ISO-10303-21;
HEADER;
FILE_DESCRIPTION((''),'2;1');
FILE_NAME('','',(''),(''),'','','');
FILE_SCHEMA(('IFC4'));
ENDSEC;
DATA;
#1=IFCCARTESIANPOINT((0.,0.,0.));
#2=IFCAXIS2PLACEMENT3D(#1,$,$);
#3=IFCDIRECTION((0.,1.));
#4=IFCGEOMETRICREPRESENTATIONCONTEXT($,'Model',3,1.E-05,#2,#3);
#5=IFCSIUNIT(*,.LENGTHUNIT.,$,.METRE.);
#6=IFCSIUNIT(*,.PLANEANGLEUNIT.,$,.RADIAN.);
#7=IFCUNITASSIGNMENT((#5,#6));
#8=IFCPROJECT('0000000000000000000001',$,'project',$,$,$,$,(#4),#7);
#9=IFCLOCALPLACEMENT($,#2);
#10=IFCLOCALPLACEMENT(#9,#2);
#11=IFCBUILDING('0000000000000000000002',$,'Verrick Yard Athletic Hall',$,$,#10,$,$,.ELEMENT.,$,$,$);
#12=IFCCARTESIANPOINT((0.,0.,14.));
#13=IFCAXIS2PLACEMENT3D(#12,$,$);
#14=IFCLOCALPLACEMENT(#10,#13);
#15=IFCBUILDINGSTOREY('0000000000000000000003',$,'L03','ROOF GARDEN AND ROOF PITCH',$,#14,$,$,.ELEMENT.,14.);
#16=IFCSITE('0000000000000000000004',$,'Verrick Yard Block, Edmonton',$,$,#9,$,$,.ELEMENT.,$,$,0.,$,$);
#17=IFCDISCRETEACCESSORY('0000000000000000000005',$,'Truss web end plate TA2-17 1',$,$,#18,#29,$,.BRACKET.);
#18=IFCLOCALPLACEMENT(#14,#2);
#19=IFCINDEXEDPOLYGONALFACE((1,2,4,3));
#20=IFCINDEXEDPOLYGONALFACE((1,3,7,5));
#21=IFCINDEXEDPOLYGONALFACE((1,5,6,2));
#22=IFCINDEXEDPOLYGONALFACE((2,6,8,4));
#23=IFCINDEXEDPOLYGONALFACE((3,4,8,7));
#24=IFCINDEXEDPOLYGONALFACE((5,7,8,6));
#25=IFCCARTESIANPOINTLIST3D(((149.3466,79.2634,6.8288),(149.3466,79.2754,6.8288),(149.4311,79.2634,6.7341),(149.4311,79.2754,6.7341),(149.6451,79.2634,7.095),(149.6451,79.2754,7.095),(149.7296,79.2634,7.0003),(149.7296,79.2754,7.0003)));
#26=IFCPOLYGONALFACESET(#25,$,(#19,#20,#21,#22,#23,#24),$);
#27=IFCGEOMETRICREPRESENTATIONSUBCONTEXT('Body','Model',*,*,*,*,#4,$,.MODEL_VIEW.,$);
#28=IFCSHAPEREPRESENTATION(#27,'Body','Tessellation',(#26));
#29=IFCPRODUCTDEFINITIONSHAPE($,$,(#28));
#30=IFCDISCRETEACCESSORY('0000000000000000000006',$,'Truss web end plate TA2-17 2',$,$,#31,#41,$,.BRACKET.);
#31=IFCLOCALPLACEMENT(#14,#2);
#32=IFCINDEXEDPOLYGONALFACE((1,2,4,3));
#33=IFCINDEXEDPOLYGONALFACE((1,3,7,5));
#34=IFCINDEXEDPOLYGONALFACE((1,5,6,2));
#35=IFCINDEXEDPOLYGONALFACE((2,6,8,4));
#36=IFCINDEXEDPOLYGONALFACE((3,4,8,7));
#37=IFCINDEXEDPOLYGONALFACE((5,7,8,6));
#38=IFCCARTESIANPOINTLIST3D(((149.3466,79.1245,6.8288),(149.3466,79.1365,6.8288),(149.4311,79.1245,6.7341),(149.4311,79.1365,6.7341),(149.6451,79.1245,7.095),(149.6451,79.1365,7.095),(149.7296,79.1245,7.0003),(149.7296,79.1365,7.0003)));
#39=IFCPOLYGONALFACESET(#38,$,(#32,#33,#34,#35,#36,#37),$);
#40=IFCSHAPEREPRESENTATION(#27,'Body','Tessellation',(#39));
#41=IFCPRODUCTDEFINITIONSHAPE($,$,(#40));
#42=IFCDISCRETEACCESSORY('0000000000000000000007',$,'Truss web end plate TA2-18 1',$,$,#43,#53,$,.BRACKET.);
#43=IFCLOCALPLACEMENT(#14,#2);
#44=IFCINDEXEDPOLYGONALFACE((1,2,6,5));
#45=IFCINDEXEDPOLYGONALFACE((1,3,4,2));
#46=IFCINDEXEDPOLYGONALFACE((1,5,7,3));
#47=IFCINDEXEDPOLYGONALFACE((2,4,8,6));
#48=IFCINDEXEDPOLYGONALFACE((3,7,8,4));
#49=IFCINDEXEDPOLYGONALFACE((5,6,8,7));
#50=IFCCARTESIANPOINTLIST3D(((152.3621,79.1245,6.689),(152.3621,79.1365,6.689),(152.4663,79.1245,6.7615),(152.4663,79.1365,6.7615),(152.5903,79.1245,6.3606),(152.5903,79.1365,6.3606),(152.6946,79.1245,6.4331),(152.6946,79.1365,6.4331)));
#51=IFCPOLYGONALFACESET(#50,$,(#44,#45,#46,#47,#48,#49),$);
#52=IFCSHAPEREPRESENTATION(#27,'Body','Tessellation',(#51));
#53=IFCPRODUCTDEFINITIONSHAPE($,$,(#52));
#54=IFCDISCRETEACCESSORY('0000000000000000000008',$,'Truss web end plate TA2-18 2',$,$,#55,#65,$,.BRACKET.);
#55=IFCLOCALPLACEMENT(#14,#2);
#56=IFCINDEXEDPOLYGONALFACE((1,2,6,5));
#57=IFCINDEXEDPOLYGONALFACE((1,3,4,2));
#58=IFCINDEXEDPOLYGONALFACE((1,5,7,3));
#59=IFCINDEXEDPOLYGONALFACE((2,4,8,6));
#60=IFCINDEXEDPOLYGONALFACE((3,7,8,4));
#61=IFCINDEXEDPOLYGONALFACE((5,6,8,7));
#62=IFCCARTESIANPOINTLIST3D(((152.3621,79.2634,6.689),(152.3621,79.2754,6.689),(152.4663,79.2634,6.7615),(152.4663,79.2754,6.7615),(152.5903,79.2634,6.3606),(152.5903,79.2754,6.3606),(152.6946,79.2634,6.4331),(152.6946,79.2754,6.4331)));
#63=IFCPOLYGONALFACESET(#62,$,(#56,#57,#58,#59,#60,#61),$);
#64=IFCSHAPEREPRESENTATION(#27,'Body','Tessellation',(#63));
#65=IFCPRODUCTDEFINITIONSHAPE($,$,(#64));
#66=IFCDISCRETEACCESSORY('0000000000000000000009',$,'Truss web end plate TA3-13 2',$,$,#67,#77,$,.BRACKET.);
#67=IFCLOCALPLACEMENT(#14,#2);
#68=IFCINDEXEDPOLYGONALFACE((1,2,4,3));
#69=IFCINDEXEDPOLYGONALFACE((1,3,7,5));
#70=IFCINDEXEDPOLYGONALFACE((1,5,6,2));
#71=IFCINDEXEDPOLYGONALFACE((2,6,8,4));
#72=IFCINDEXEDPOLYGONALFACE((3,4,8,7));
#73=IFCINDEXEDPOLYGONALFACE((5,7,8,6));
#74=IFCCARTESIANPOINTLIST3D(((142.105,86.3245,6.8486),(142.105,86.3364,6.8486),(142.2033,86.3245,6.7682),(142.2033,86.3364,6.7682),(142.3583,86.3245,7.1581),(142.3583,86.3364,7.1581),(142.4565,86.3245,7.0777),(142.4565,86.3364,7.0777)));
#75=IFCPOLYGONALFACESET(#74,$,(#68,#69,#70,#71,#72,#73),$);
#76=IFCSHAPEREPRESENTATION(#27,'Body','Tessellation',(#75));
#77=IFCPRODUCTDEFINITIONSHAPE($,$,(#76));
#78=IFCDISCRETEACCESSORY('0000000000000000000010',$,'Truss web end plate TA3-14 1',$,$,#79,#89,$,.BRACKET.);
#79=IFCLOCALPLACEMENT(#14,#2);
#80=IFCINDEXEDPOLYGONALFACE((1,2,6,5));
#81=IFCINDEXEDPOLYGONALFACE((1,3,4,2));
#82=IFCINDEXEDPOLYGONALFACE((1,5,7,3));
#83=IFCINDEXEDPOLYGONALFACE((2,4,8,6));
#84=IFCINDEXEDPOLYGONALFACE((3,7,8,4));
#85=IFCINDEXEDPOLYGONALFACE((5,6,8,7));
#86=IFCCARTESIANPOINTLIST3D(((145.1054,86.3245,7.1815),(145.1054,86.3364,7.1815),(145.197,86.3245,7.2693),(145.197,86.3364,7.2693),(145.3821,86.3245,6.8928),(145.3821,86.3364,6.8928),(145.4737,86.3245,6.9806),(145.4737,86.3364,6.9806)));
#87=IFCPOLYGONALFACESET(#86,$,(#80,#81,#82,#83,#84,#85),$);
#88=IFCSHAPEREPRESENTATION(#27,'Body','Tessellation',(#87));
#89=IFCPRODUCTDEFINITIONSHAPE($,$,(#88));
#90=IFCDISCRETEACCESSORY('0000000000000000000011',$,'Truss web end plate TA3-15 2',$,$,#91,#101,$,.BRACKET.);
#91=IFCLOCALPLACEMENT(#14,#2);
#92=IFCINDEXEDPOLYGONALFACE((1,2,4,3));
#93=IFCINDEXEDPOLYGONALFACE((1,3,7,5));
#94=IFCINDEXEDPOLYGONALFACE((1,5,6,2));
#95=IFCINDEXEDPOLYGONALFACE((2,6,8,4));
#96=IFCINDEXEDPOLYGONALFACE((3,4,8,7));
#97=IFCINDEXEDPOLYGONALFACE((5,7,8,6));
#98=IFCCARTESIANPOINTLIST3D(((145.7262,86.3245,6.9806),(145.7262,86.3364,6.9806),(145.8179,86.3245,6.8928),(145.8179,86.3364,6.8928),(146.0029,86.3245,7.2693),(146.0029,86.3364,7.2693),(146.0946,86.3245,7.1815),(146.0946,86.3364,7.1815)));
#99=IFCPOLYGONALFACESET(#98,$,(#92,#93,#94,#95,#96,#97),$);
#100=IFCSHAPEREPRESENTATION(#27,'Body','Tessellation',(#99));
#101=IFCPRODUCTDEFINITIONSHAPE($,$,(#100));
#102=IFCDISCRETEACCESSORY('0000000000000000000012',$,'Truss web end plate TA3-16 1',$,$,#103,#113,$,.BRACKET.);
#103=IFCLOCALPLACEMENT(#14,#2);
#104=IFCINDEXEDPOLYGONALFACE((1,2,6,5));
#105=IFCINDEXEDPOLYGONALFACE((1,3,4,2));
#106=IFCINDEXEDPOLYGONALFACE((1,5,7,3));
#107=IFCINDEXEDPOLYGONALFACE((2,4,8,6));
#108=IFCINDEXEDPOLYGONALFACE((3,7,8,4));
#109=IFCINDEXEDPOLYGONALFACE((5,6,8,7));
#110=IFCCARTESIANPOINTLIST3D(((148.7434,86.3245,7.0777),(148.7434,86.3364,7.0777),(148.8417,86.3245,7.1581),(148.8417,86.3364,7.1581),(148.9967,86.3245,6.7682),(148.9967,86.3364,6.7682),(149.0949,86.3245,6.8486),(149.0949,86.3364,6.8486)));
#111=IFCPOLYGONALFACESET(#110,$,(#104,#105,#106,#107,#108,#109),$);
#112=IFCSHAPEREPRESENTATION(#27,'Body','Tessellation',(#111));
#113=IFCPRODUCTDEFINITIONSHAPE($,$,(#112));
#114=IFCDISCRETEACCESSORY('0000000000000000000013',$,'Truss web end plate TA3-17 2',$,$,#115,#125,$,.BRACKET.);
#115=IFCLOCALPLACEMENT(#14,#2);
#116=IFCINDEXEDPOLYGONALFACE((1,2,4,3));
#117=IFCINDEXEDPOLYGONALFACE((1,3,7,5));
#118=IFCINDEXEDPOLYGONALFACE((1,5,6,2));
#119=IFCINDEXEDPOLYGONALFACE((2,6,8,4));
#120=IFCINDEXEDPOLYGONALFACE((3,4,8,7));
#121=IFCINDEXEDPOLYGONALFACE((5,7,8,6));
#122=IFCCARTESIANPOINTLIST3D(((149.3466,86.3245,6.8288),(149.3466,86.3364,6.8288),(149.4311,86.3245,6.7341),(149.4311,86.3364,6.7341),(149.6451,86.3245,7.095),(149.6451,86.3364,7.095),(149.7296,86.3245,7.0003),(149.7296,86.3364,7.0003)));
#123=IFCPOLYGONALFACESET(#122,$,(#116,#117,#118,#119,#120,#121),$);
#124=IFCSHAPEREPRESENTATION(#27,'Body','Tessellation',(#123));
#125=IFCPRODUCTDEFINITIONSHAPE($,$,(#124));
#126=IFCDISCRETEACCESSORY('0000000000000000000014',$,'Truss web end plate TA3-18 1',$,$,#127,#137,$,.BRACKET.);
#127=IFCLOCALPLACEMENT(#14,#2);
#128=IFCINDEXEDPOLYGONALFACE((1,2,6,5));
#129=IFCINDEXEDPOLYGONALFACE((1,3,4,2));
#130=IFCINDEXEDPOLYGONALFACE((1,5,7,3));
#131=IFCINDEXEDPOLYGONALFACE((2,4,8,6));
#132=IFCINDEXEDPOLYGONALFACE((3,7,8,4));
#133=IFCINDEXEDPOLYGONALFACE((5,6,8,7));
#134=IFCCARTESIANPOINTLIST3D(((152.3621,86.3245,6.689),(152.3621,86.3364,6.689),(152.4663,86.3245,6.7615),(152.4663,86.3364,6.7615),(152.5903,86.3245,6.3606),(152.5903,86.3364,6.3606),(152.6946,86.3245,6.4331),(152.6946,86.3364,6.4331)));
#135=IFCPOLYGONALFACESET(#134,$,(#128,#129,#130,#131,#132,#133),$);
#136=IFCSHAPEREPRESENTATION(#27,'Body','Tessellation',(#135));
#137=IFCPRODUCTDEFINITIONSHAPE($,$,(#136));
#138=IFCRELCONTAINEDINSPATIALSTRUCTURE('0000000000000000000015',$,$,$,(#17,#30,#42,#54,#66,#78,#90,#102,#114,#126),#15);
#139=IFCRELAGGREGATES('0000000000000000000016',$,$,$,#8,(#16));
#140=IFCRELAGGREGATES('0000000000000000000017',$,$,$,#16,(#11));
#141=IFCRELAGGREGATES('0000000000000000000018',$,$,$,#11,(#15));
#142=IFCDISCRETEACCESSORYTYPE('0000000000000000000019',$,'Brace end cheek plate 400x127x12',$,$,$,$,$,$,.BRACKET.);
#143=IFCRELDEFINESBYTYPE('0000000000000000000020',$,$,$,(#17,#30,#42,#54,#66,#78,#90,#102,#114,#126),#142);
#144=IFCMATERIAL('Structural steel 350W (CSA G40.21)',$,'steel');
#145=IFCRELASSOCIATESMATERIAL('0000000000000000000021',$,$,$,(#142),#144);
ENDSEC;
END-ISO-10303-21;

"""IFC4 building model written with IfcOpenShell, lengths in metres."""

from ifc_helpers import new_model, si_unit, direction, frame, origin, origin_2d, place, context, subcontext, project, spatial, rectangle, extrude, material, material_profile, profile_set, type_object, element, save


model = new_model("IFC4")

# Units and contexts
model_context = context("Model", 3, precision=1e-05, world=origin(), true_north=direction((0.0, 1.0)))
body_context = subcontext(model_context, "Body", "Model", "MODEL_VIEW")
ifc_project = project(units=[si_unit("LENGTHUNIT", "METRE"), si_unit("PLANEANGLEUNIT", "RADIAN")], contexts=[model_context])

# Site, building, storey
site_placement = place(None, origin())
site = spatial("IfcSite", under=ifc_project, at=site_placement, Name="Verrick Yard Block, Edmonton", CompositionType="ELEMENT", RefElevation=0.0)
building_placement = place(site_placement, origin())
building = spatial("IfcBuilding", under=site, at=building_placement, Name="Verrick Yard Athletic Hall", CompositionType="ELEMENT")
storey_placement = place(building_placement, frame((0.0, 0.0, 14.0)))
storey = spatial("IfcBuildingStorey", under=building, at=storey_placement, Name="L03", Description="ROOF GARDEN AND ROOF PITCH", CompositionType="ELEMENT", Elevation=14.0)

# Discrete accessories
ifc_material_1 = material(Name="Structural steel 350W (CSA G40.21)", Category="steel")
ifc_material_profile_1 = material_profile(ifc_material_1, rectangle(XDim=0.3999, YDim=0.127, at=origin_2d()), Name="Brace end cheek plate")
ifc_profile_set_1 = profile_set([ifc_material_profile_1], Name="Structural steel 350W (CSA G40.21)")
discrete_accessory_type = type_object("IfcDiscreteAccessoryType", Name="Brace end cheek plate 400x127x12", PredefinedType="BRACKET", material=ifc_profile_set_1)
for number, where, z_axis, x_axis, name in (
    (1, (149.5381, 79.2634, 6.9146), (0.0, 1.0, 0.0), (0.746352, 0.0, 0.665551), "Truss web end plate TA2-17 1"),
    (2, (149.5381, 79.1365, 6.9146), (0.0, -1.0, 0.0), (0.746352, 0.0, 0.665551), "Truss web end plate TA2-17 2"),
    (3, (152.5283, 79.1365, 6.561), (0.0, -1.0, 0.0), (-0.570674, 0.0, 0.821176), "Truss web end plate TA2-18 1"),
    (4, (152.5283, 79.2634, 6.561), (0.0, 1.0, 0.0), (-0.570674, 0.0, 0.821176), "Truss web end plate TA2-18 2"),
    (5, (142.2808, 86.3364, 6.9631), (0.0, -1.0, 0.0), (0.633246, 0.0, 0.773951), "Truss web end plate TA3-13 2"),
    (6, (145.2896, 86.3364, 7.0811), (0.0, -1.0, 0.0), (-0.691925, 0.0, 0.721969), "Truss web end plate TA3-14 1"),
    (7, (145.9104, 86.3364, 7.0811), (0.0, -1.0, 0.0), (0.691925, 0.0, 0.721969), "Truss web end plate TA3-15 2"),
    (8, (148.9192, 86.3364, 6.9631), (0.0, -1.0, 0.0), (-0.633246, 0.0, 0.773951), "Truss web end plate TA3-16 1"),
    (9, (149.5381, 86.3364, 6.9146), (0.0, -1.0, 0.0), (0.746352, 0.0, 0.665551), "Truss web end plate TA3-17 2"),
    (10, (152.5283, 86.3364, 6.561), (0.0, -1.0, 0.0), (-0.570674, 0.0, 0.821176), "Truss web end plate TA3-18 1"),
):
    element("IfcDiscreteAccessory", number, at=place(storey_placement, frame(where, z_axis=z_axis, x_axis=x_axis)), inside=storey, type_object=discrete_accessory_type, Name=name, PredefinedType="BRACKET", context=body_context, shape_type="SweptSolid", body=[
        extrude(rectangle(XDim=0.3999, YDim=0.127, at=origin_2d()), origin(), (0.0, 0.0, 1.0), 0.012),
    ])

save(model, "model.ifc")
